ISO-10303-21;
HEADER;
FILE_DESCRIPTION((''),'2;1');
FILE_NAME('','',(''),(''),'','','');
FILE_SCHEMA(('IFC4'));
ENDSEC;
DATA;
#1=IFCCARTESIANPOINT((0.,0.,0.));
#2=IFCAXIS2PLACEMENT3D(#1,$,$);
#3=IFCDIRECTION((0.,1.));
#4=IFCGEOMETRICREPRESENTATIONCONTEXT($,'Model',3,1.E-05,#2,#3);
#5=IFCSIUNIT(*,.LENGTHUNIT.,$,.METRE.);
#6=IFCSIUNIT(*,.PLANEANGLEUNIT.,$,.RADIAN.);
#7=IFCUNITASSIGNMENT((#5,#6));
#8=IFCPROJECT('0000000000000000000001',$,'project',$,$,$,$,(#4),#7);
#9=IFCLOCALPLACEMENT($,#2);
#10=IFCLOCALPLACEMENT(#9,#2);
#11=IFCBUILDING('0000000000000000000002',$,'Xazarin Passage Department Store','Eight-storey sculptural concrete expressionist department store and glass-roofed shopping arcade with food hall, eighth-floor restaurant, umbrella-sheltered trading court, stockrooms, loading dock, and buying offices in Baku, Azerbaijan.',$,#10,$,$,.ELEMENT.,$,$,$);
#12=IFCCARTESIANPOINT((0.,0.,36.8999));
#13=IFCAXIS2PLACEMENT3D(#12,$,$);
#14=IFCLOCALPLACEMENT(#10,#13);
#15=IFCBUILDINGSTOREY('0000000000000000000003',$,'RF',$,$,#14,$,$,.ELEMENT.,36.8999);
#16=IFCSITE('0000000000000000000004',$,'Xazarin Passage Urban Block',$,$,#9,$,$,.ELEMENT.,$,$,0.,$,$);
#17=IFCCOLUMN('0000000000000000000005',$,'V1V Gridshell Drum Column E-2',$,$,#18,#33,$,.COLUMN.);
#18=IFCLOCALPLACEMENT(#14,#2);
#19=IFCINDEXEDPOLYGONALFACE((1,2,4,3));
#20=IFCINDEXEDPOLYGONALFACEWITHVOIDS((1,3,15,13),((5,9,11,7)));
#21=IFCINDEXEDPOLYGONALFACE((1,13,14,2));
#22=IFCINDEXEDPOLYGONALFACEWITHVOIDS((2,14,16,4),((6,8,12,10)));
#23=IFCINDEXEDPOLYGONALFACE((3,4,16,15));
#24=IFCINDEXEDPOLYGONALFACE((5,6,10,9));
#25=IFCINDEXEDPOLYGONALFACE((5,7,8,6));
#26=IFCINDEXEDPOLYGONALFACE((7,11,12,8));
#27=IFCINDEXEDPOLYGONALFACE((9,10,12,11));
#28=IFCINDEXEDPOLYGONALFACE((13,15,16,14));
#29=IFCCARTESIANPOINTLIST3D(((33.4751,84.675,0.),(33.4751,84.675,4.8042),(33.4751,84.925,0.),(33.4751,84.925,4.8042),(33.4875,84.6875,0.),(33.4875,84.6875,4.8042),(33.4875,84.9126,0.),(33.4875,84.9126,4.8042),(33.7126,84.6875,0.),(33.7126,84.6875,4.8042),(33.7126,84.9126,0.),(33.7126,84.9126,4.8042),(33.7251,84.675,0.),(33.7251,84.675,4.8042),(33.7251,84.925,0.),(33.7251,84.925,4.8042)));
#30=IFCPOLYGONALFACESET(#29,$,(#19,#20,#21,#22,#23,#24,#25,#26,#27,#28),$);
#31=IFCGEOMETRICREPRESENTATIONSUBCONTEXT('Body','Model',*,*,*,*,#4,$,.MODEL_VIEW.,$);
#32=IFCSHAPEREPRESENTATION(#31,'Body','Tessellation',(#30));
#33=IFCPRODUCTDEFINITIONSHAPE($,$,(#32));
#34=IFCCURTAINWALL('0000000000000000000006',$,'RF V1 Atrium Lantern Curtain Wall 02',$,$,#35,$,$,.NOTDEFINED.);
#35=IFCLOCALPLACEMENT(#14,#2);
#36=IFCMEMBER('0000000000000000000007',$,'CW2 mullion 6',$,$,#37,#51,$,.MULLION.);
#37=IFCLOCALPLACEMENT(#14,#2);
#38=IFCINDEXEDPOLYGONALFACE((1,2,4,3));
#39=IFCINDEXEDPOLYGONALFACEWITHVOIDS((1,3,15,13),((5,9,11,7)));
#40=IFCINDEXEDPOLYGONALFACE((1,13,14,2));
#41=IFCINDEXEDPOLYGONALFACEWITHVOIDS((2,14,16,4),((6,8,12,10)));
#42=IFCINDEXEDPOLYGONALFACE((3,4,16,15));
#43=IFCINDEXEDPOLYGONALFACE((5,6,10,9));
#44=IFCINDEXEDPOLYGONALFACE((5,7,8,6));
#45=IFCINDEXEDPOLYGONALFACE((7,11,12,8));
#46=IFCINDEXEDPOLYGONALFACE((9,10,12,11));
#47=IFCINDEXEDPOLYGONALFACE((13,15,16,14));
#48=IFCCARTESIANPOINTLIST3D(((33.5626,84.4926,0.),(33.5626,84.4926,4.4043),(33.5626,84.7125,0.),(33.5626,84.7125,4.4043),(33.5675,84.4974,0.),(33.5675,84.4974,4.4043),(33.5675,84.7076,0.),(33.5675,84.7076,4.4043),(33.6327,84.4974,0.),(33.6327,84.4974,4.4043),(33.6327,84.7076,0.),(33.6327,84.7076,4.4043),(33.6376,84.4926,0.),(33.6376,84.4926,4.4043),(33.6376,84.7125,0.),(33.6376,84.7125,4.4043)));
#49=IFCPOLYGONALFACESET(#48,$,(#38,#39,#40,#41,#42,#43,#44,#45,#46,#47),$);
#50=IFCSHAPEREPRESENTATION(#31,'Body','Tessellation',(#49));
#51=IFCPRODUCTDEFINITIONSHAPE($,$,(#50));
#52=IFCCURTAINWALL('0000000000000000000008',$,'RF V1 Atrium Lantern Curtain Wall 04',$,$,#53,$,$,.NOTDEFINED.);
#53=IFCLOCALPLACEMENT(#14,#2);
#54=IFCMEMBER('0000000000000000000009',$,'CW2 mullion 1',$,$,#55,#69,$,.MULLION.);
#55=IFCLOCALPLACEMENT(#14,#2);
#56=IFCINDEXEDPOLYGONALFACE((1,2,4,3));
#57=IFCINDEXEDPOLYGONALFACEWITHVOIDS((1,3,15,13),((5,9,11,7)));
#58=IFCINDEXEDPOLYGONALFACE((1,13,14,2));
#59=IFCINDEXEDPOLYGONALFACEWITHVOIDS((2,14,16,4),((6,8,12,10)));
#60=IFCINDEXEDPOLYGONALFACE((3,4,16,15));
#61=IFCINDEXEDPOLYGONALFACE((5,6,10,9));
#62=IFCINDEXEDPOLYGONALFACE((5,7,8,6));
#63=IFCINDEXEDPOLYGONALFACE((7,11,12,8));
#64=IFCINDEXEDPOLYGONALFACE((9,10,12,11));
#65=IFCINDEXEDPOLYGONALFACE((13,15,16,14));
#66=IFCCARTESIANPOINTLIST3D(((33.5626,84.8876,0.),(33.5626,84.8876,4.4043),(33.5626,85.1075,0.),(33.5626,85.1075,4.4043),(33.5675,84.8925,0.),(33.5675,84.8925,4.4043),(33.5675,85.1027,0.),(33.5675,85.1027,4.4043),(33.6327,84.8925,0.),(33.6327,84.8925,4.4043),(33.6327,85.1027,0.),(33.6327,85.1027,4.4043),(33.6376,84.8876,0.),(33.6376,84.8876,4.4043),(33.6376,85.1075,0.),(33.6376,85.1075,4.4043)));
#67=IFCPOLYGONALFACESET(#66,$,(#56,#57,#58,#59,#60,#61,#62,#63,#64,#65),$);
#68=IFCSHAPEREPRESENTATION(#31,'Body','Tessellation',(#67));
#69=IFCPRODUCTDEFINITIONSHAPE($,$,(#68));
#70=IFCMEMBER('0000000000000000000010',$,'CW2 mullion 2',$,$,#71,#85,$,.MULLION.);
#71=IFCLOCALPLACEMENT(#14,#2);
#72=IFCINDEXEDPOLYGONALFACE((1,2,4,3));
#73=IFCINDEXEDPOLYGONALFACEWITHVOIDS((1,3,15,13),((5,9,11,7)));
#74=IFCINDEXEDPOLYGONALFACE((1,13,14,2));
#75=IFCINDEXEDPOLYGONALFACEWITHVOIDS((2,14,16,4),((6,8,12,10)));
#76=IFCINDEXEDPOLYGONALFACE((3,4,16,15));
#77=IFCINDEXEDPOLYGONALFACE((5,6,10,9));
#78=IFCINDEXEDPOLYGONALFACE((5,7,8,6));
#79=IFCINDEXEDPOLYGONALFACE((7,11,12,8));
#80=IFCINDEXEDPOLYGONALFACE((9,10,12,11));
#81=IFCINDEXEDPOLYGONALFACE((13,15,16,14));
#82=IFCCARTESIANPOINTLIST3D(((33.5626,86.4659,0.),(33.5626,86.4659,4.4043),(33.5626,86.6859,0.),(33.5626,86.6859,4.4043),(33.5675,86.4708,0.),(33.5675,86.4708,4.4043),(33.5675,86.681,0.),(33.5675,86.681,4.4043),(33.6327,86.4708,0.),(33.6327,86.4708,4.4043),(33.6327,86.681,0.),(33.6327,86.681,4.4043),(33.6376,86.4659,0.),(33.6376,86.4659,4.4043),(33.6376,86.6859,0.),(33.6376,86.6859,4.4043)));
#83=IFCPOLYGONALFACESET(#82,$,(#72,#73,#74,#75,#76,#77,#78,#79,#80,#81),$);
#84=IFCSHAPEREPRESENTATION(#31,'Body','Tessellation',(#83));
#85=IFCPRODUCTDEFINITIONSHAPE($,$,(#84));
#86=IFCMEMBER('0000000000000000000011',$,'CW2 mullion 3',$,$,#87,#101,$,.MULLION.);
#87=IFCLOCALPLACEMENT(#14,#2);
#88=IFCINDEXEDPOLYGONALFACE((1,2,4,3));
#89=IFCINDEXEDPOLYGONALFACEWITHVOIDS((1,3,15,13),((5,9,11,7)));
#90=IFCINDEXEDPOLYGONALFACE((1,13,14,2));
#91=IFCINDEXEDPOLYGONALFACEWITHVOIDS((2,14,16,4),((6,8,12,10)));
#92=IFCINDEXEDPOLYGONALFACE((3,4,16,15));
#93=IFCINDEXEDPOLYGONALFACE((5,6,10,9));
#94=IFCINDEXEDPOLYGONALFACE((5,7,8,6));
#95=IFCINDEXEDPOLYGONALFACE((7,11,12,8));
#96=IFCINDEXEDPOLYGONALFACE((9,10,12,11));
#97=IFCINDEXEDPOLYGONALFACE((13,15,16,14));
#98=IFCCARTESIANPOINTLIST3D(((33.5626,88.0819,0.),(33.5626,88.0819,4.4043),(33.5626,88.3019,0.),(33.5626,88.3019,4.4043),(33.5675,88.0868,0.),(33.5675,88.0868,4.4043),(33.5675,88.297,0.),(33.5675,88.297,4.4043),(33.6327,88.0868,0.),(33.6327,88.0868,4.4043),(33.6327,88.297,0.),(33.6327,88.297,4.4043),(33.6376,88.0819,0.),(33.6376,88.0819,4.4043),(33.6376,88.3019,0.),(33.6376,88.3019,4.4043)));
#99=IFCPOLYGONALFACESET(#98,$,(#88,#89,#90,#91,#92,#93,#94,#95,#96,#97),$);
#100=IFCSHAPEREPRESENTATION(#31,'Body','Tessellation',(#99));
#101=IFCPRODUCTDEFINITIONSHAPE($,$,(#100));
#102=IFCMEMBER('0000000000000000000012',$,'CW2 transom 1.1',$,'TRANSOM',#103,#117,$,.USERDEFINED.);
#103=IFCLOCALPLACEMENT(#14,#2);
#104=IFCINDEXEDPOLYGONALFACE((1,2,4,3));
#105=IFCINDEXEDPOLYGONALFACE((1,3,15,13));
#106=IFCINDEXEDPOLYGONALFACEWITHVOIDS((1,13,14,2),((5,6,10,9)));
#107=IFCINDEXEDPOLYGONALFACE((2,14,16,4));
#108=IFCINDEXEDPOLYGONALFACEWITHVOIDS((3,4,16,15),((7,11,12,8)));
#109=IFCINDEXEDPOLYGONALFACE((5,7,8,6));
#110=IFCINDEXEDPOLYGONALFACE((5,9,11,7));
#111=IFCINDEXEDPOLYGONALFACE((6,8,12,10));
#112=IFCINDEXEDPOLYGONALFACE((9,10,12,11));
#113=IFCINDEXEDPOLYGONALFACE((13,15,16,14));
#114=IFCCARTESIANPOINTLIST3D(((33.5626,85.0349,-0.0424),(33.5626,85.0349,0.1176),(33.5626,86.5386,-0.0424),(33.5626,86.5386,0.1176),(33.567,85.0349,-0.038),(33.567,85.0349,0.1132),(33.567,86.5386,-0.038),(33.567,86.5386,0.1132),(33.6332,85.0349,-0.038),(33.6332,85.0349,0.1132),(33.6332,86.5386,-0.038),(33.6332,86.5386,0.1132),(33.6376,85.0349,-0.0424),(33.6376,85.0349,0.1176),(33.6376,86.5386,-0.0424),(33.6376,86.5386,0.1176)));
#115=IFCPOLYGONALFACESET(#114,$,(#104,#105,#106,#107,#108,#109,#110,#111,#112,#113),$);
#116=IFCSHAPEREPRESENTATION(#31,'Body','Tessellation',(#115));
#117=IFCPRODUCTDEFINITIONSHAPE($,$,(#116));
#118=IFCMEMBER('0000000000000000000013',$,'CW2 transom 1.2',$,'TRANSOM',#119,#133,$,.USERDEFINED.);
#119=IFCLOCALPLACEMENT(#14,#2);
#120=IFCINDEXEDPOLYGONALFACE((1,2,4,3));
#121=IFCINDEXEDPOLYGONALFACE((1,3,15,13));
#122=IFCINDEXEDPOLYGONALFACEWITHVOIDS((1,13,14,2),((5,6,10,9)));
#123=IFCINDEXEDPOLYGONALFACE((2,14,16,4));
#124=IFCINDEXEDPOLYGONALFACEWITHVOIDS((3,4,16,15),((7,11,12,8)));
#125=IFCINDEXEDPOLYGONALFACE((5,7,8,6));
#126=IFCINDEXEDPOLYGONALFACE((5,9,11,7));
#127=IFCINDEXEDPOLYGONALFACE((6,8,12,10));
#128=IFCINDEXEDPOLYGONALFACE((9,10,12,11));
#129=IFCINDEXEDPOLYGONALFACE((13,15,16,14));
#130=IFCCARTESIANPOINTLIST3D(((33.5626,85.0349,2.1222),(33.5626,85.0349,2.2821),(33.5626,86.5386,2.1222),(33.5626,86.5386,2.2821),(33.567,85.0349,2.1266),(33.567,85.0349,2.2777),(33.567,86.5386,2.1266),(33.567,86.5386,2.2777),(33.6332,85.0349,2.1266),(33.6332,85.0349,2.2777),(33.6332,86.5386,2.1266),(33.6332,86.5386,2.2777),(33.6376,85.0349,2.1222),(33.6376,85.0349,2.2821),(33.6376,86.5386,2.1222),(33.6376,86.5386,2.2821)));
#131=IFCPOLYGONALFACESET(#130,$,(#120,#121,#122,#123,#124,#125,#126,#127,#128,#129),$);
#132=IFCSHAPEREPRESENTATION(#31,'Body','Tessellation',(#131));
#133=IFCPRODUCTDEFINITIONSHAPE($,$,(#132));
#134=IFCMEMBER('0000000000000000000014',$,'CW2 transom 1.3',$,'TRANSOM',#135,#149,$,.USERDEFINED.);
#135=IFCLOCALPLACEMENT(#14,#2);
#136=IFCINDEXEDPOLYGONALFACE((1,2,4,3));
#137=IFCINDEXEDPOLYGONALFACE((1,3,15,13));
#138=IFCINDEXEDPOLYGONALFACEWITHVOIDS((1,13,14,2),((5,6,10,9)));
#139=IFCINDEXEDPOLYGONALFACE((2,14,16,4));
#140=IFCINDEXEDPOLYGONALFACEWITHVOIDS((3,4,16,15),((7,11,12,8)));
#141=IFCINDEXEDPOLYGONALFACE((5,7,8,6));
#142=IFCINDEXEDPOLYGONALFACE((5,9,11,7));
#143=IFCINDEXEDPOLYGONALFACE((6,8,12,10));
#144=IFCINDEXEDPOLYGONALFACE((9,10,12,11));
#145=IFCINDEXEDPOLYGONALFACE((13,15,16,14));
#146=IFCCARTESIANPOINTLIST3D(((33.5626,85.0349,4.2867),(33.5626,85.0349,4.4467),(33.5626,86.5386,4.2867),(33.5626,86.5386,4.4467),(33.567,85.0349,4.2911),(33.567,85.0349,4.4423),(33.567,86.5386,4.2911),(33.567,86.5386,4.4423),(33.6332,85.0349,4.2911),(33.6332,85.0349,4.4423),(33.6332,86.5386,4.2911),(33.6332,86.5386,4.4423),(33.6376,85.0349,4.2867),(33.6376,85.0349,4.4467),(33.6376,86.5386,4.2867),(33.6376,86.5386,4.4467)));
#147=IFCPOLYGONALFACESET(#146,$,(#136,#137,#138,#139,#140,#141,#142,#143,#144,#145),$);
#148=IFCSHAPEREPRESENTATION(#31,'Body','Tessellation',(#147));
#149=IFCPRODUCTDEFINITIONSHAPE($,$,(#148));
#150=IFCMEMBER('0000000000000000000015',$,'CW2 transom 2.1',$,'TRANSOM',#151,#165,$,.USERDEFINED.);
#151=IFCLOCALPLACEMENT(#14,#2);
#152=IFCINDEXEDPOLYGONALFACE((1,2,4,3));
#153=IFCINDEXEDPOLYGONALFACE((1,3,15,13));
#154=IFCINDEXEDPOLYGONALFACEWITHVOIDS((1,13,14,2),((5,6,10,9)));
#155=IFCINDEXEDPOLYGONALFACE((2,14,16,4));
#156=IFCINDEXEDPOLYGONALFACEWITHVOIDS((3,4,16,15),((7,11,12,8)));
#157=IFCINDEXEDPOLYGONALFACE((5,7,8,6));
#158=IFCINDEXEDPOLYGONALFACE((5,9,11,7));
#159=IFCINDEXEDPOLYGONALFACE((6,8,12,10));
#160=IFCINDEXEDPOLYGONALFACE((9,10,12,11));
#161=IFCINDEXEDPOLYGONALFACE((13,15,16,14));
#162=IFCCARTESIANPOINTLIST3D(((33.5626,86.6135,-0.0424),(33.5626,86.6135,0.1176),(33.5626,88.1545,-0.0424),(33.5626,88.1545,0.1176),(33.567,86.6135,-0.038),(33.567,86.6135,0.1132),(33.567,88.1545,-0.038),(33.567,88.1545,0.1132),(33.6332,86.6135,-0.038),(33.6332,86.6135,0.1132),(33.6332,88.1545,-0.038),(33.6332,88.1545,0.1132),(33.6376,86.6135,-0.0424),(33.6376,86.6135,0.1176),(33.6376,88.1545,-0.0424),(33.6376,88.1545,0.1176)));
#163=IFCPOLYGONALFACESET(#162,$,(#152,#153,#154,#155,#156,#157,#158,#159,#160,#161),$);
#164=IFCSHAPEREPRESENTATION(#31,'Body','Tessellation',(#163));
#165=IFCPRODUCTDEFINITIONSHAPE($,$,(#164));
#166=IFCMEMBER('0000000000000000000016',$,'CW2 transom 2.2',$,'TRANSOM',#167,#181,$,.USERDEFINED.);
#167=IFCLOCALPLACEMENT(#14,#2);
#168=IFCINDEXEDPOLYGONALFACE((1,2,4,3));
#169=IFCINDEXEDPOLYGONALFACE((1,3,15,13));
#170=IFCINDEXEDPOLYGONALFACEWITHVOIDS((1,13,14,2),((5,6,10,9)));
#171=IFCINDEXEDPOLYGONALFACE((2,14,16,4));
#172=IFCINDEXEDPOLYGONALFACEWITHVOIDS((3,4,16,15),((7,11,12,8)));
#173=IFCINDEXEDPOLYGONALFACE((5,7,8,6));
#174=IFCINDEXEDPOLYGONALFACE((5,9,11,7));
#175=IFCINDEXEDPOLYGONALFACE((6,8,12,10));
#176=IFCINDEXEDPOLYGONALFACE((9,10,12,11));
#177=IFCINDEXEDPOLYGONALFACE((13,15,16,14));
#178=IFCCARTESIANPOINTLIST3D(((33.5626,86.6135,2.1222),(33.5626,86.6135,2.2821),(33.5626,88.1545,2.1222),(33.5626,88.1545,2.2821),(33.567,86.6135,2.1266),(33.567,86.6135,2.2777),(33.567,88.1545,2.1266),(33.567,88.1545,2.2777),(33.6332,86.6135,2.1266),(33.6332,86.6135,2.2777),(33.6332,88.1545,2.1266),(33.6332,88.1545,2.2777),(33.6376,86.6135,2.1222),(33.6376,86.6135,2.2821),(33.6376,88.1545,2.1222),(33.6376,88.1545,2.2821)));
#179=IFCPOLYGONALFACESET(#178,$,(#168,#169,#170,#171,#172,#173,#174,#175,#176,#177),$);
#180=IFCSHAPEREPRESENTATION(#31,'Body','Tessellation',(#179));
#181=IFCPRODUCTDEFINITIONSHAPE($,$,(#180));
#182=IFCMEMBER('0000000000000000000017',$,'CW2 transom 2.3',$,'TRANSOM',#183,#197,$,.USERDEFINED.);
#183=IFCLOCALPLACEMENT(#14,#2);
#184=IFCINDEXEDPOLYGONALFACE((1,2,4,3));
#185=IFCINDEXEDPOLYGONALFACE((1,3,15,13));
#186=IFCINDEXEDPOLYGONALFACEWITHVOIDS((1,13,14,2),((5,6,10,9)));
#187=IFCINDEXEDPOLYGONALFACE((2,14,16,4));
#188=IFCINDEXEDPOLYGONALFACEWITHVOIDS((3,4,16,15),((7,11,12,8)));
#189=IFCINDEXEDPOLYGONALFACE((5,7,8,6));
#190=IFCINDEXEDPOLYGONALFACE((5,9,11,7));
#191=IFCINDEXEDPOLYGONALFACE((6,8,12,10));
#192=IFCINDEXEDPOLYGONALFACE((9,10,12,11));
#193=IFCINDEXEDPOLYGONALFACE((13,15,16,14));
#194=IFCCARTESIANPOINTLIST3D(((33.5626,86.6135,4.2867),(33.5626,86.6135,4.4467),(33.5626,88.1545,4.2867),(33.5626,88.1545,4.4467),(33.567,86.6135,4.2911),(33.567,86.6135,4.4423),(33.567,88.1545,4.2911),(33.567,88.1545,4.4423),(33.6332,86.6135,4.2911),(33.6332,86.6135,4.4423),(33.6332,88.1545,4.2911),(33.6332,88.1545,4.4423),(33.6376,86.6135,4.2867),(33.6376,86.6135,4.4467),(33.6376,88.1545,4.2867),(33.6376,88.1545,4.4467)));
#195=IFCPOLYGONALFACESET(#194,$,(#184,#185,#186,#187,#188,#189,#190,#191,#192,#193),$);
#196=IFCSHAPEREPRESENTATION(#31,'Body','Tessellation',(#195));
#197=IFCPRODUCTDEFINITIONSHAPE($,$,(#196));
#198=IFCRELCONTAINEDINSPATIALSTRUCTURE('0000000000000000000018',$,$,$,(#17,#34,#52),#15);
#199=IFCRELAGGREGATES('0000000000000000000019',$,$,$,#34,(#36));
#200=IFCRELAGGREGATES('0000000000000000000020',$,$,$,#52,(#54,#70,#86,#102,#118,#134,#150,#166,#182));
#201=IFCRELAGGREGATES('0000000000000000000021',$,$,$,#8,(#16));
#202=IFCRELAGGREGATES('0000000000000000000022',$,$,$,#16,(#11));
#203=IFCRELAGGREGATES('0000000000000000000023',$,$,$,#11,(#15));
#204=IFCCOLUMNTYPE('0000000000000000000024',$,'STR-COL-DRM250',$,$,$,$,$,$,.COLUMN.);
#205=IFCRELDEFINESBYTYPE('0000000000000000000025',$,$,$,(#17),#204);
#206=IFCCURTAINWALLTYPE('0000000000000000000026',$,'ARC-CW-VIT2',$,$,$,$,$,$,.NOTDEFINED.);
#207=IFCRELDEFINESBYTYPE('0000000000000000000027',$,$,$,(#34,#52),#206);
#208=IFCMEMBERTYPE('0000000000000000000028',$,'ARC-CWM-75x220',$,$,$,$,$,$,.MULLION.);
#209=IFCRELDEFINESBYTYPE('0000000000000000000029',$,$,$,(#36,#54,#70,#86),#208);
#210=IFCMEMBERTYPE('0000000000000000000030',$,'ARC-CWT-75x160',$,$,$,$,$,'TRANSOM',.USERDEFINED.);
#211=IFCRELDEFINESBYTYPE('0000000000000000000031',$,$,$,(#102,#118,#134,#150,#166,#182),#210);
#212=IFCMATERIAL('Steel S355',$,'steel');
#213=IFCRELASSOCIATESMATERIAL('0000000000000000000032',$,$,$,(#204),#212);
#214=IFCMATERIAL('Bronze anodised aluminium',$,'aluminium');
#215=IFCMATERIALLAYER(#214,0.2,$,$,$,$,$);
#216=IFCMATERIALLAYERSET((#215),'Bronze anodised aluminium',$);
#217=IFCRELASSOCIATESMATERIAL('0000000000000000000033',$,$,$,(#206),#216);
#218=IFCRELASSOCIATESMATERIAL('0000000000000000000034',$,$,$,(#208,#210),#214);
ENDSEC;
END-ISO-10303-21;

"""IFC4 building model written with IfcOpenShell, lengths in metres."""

from ifc_helpers import new_model, si_unit, direction, frame, origin, origin_2d, place, context, subcontext, project, spatial, hollow_rectangle, extrude, material, layer, layer_set, material_profile, profile_set, type_object, element, aggregate, save


model = new_model("IFC4")

# Units and contexts
model_context = context("Model", 3, precision=1e-05, world=origin(), true_north=direction((0.0, 1.0)))
body_context = subcontext(model_context, "Body", "Model", "MODEL_VIEW")
ifc_project = project(units=[si_unit("LENGTHUNIT", "METRE"), si_unit("PLANEANGLEUNIT", "RADIAN")], contexts=[model_context])

# Site, building, storey
site_placement = place(None, origin())
site = spatial("IfcSite", under=ifc_project, at=site_placement, Name="Xazarin Passage Urban Block", CompositionType="ELEMENT", RefElevation=0.0)
building_placement = place(site_placement, origin())
building = spatial("IfcBuilding", under=site, at=building_placement, Name="Xazarin Passage Department Store", Description="Eight-storey sculptural concrete expressionist department store and glass-roofed shopping arcade with food hall, eighth-floor restaurant, umbrella-sheltered trading court, stockrooms, loading dock, and buying offices in Baku, Azerbaijan.", CompositionType="ELEMENT")
storey_placement = place(building_placement, frame((0.0, 0.0, 36.8999)))
storey = spatial("IfcBuildingStorey", under=building, at=storey_placement, Name="RF", CompositionType="ELEMENT", Elevation=36.8999)

# Column
ifc_material_1 = material(Name="Steel S355", Category="steel")
ifc_material_profile_1 = material_profile(ifc_material_1, hollow_rectangle(XDim=0.25, YDim=0.25, WallThickness=0.0125, at=origin_2d()), Name="SHS 250x250x12.5")
ifc_profile_set_1 = profile_set([ifc_material_profile_1], Name="Steel S355")
column_type = type_object("IfcColumnType", Name="STR-COL-DRM250", PredefinedType="COLUMN", material=ifc_profile_set_1)
column_placement = place(storey_placement, frame((33.6001, 84.8, 0.0), z_axis=(0.0, 0.0, 1.0), x_axis=(1.0, 0.0, 0.0)))
element("IfcColumn", 1, at=column_placement, inside=storey, type_object=column_type, Name="V1V Gridshell Drum Column E-2", PredefinedType="COLUMN", context=body_context, shape_type="SweptSolid", body=[
    extrude(hollow_rectangle(XDim=0.25, YDim=0.25, WallThickness=0.0125, at=origin_2d()), origin(), (0.0, 0.0, 1.0), 4.8042),
])

# Curtain wall, member
ifc_material_2 = material(Name="Bronze anodised aluminium", Category="aluminium")
ifc_layer_1 = layer(ifc_material_2, 0.2)
ifc_layer_set_1 = layer_set([ifc_layer_1], Name="Bronze anodised aluminium")
curtain_wall_type = type_object("IfcCurtainWallType", Name="ARC-CW-VIT2", PredefinedType="NOTDEFINED", material=ifc_layer_set_1)
curtain_wall_1_placement = place(storey_placement, origin())
curtain_wall_1 = element("IfcCurtainWall", 2, at=curtain_wall_1_placement, inside=storey, type_object=curtain_wall_type, Name="RF V1 Atrium Lantern Curtain Wall 02", PredefinedType="NOTDEFINED")
ifc_material_profile_2 = material_profile(ifc_material_2, hollow_rectangle(XDim=0.075, YDim=0.22, WallThickness=0.0049, at=origin_2d()), Name="ALU 75x220")
ifc_profile_set_2 = profile_set([ifc_material_profile_2], Name="Bronze anodised aluminium")
member_type_1 = type_object("IfcMemberType", Name="ARC-CWM-75x220", PredefinedType="MULLION", material=ifc_profile_set_2)
member_1_placement = place(storey_placement, frame((33.6001, 84.6025, 0.0), z_axis=(0.0, 0.0, 1.0), x_axis=(-1.0, 0.0, 0.0)))
member_1 = element("IfcMember", 3, at=member_1_placement, type_object=member_type_1, Name="CW2 mullion 6", PredefinedType="MULLION", context=body_context, shape_type="SweptSolid", body=[
    extrude(hollow_rectangle(XDim=0.075, YDim=0.22, WallThickness=0.0049, at=origin_2d()), origin(), (0.0, 0.0, 1.0), 4.4043),
])
aggregate(curtain_wall_1, [member_1])

# Curtain wall, members
curtain_wall_2_placement = place(storey_placement, origin())
curtain_wall_2 = element("IfcCurtainWall", 4, at=curtain_wall_2_placement, inside=storey, type_object=curtain_wall_type, Name="RF V1 Atrium Lantern Curtain Wall 04", PredefinedType="NOTDEFINED")
member_2_placement = place(storey_placement, frame((33.6001, 84.9976, 0.0), z_axis=(0.0, 0.0, 1.0), x_axis=(-1.0, 0.0, 0.0)))
member_2 = element("IfcMember", 5, at=member_2_placement, type_object=member_type_1, Name="CW2 mullion 1", PredefinedType="MULLION", context=body_context, shape_type="SweptSolid", body=[
    extrude(hollow_rectangle(XDim=0.075, YDim=0.22, WallThickness=0.0049, at=origin_2d()), origin(), (0.0, 0.0, 1.0), 4.4043),
])
member_3_placement = place(storey_placement, frame((33.6001, 86.5759, 0.0), z_axis=(0.0, 0.0, 1.0), x_axis=(-1.0, 0.0, 0.0)))
member_3 = element("IfcMember", 6, at=member_3_placement, type_object=member_type_1, Name="CW2 mullion 2", PredefinedType="MULLION", context=body_context, shape_type="SweptSolid", body=[
    extrude(hollow_rectangle(XDim=0.075, YDim=0.22, WallThickness=0.0049, at=origin_2d()), origin(), (0.0, 0.0, 1.0), 4.4043),
])
member_4_placement = place(storey_placement, frame((33.6001, 88.1919, 0.0), z_axis=(0.0, 0.0, 1.0), x_axis=(-1.0, 0.0, 0.0)))
member_4 = element("IfcMember", 7, at=member_4_placement, type_object=member_type_1, Name="CW2 mullion 3", PredefinedType="MULLION", context=body_context, shape_type="SweptSolid", body=[
    extrude(hollow_rectangle(XDim=0.075, YDim=0.22, WallThickness=0.0049, at=origin_2d()), origin(), (0.0, 0.0, 1.0), 4.4043),
])
ifc_material_profile_3 = material_profile(ifc_material_2, hollow_rectangle(XDim=0.075, YDim=0.1599, WallThickness=0.0044, at=origin_2d()), Name="ALU 75x160")
ifc_profile_set_3 = profile_set([ifc_material_profile_3], Name="Bronze anodised aluminium")
member_type_2 = type_object("IfcMemberType", Name="ARC-CWT-75x160", ElementType="TRANSOM", PredefinedType="USERDEFINED", material=ifc_profile_set_3)
member_5_placement = place(storey_placement, frame((33.6001, 85.0349, 0.0376), z_axis=(0.0, 1.0, 0.0), x_axis=(-1.0, 0.0, 0.0)))
member_5 = element("IfcMember", 8, at=member_5_placement, type_object=member_type_2, Name="CW2 transom 1.1", ObjectType="TRANSOM", PredefinedType="USERDEFINED", context=body_context, shape_type="SweptSolid", body=[
    extrude(hollow_rectangle(XDim=0.075, YDim=0.1599, WallThickness=0.0044, at=origin_2d()), origin(), (0.0, 0.0, 1.0), 1.5037),
])
member_6_placement = place(storey_placement, frame((33.6001, 85.0349, 2.2021), z_axis=(0.0, 1.0, 0.0), x_axis=(-1.0, 0.0, 0.0)))
member_6 = element("IfcMember", 9, at=member_6_placement, type_object=member_type_2, Name="CW2 transom 1.2", ObjectType="TRANSOM", PredefinedType="USERDEFINED", context=body_context, shape_type="SweptSolid", body=[
    extrude(hollow_rectangle(XDim=0.075, YDim=0.1599, WallThickness=0.0044, at=origin_2d()), origin(), (0.0, 0.0, 1.0), 1.5037),
])
member_7_placement = place(storey_placement, frame((33.6001, 85.0349, 4.3667), z_axis=(0.0, 1.0, 0.0), x_axis=(-1.0, 0.0, 0.0)))
member_7 = element("IfcMember", 10, at=member_7_placement, type_object=member_type_2, Name="CW2 transom 1.3", ObjectType="TRANSOM", PredefinedType="USERDEFINED", context=body_context, shape_type="SweptSolid", body=[
    extrude(hollow_rectangle(XDim=0.075, YDim=0.1599, WallThickness=0.0044, at=origin_2d()), origin(), (0.0, 0.0, 1.0), 1.5037),
])
member_8_placement = place(storey_placement, frame((33.6001, 86.6135, 0.0376), z_axis=(0.0, 1.0, 0.0), x_axis=(-1.0, 0.0, 0.0)))
member_8 = element("IfcMember", 11, at=member_8_placement, type_object=member_type_2, Name="CW2 transom 2.1", ObjectType="TRANSOM", PredefinedType="USERDEFINED", context=body_context, shape_type="SweptSolid", body=[
    extrude(hollow_rectangle(XDim=0.075, YDim=0.1599, WallThickness=0.0044, at=origin_2d()), origin(), (0.0, 0.0, 1.0), 1.541),
])
member_9_placement = place(storey_placement, frame((33.6001, 86.6135, 2.2021), z_axis=(0.0, 1.0, 0.0), x_axis=(-1.0, 0.0, 0.0)))
member_9 = element("IfcMember", 12, at=member_9_placement, type_object=member_type_2, Name="CW2 transom 2.2", ObjectType="TRANSOM", PredefinedType="USERDEFINED", context=body_context, shape_type="SweptSolid", body=[
    extrude(hollow_rectangle(XDim=0.075, YDim=0.1599, WallThickness=0.0044, at=origin_2d()), origin(), (0.0, 0.0, 1.0), 1.541),
])
member_10_placement = place(storey_placement, frame((33.6001, 86.6135, 4.3667), z_axis=(0.0, 1.0, 0.0), x_axis=(-1.0, 0.0, 0.0)))
member_10 = element("IfcMember", 13, at=member_10_placement, type_object=member_type_2, Name="CW2 transom 2.3", ObjectType="TRANSOM", PredefinedType="USERDEFINED", context=body_context, shape_type="SweptSolid", body=[
    extrude(hollow_rectangle(XDim=0.075, YDim=0.1599, WallThickness=0.0044, at=origin_2d()), origin(), (0.0, 0.0, 1.0), 1.541),
])

aggregate(curtain_wall_2, [member_2, member_3, member_4, member_5, member_6, member_7, member_8, member_9, member_10])

save(model, "model.ifc")
